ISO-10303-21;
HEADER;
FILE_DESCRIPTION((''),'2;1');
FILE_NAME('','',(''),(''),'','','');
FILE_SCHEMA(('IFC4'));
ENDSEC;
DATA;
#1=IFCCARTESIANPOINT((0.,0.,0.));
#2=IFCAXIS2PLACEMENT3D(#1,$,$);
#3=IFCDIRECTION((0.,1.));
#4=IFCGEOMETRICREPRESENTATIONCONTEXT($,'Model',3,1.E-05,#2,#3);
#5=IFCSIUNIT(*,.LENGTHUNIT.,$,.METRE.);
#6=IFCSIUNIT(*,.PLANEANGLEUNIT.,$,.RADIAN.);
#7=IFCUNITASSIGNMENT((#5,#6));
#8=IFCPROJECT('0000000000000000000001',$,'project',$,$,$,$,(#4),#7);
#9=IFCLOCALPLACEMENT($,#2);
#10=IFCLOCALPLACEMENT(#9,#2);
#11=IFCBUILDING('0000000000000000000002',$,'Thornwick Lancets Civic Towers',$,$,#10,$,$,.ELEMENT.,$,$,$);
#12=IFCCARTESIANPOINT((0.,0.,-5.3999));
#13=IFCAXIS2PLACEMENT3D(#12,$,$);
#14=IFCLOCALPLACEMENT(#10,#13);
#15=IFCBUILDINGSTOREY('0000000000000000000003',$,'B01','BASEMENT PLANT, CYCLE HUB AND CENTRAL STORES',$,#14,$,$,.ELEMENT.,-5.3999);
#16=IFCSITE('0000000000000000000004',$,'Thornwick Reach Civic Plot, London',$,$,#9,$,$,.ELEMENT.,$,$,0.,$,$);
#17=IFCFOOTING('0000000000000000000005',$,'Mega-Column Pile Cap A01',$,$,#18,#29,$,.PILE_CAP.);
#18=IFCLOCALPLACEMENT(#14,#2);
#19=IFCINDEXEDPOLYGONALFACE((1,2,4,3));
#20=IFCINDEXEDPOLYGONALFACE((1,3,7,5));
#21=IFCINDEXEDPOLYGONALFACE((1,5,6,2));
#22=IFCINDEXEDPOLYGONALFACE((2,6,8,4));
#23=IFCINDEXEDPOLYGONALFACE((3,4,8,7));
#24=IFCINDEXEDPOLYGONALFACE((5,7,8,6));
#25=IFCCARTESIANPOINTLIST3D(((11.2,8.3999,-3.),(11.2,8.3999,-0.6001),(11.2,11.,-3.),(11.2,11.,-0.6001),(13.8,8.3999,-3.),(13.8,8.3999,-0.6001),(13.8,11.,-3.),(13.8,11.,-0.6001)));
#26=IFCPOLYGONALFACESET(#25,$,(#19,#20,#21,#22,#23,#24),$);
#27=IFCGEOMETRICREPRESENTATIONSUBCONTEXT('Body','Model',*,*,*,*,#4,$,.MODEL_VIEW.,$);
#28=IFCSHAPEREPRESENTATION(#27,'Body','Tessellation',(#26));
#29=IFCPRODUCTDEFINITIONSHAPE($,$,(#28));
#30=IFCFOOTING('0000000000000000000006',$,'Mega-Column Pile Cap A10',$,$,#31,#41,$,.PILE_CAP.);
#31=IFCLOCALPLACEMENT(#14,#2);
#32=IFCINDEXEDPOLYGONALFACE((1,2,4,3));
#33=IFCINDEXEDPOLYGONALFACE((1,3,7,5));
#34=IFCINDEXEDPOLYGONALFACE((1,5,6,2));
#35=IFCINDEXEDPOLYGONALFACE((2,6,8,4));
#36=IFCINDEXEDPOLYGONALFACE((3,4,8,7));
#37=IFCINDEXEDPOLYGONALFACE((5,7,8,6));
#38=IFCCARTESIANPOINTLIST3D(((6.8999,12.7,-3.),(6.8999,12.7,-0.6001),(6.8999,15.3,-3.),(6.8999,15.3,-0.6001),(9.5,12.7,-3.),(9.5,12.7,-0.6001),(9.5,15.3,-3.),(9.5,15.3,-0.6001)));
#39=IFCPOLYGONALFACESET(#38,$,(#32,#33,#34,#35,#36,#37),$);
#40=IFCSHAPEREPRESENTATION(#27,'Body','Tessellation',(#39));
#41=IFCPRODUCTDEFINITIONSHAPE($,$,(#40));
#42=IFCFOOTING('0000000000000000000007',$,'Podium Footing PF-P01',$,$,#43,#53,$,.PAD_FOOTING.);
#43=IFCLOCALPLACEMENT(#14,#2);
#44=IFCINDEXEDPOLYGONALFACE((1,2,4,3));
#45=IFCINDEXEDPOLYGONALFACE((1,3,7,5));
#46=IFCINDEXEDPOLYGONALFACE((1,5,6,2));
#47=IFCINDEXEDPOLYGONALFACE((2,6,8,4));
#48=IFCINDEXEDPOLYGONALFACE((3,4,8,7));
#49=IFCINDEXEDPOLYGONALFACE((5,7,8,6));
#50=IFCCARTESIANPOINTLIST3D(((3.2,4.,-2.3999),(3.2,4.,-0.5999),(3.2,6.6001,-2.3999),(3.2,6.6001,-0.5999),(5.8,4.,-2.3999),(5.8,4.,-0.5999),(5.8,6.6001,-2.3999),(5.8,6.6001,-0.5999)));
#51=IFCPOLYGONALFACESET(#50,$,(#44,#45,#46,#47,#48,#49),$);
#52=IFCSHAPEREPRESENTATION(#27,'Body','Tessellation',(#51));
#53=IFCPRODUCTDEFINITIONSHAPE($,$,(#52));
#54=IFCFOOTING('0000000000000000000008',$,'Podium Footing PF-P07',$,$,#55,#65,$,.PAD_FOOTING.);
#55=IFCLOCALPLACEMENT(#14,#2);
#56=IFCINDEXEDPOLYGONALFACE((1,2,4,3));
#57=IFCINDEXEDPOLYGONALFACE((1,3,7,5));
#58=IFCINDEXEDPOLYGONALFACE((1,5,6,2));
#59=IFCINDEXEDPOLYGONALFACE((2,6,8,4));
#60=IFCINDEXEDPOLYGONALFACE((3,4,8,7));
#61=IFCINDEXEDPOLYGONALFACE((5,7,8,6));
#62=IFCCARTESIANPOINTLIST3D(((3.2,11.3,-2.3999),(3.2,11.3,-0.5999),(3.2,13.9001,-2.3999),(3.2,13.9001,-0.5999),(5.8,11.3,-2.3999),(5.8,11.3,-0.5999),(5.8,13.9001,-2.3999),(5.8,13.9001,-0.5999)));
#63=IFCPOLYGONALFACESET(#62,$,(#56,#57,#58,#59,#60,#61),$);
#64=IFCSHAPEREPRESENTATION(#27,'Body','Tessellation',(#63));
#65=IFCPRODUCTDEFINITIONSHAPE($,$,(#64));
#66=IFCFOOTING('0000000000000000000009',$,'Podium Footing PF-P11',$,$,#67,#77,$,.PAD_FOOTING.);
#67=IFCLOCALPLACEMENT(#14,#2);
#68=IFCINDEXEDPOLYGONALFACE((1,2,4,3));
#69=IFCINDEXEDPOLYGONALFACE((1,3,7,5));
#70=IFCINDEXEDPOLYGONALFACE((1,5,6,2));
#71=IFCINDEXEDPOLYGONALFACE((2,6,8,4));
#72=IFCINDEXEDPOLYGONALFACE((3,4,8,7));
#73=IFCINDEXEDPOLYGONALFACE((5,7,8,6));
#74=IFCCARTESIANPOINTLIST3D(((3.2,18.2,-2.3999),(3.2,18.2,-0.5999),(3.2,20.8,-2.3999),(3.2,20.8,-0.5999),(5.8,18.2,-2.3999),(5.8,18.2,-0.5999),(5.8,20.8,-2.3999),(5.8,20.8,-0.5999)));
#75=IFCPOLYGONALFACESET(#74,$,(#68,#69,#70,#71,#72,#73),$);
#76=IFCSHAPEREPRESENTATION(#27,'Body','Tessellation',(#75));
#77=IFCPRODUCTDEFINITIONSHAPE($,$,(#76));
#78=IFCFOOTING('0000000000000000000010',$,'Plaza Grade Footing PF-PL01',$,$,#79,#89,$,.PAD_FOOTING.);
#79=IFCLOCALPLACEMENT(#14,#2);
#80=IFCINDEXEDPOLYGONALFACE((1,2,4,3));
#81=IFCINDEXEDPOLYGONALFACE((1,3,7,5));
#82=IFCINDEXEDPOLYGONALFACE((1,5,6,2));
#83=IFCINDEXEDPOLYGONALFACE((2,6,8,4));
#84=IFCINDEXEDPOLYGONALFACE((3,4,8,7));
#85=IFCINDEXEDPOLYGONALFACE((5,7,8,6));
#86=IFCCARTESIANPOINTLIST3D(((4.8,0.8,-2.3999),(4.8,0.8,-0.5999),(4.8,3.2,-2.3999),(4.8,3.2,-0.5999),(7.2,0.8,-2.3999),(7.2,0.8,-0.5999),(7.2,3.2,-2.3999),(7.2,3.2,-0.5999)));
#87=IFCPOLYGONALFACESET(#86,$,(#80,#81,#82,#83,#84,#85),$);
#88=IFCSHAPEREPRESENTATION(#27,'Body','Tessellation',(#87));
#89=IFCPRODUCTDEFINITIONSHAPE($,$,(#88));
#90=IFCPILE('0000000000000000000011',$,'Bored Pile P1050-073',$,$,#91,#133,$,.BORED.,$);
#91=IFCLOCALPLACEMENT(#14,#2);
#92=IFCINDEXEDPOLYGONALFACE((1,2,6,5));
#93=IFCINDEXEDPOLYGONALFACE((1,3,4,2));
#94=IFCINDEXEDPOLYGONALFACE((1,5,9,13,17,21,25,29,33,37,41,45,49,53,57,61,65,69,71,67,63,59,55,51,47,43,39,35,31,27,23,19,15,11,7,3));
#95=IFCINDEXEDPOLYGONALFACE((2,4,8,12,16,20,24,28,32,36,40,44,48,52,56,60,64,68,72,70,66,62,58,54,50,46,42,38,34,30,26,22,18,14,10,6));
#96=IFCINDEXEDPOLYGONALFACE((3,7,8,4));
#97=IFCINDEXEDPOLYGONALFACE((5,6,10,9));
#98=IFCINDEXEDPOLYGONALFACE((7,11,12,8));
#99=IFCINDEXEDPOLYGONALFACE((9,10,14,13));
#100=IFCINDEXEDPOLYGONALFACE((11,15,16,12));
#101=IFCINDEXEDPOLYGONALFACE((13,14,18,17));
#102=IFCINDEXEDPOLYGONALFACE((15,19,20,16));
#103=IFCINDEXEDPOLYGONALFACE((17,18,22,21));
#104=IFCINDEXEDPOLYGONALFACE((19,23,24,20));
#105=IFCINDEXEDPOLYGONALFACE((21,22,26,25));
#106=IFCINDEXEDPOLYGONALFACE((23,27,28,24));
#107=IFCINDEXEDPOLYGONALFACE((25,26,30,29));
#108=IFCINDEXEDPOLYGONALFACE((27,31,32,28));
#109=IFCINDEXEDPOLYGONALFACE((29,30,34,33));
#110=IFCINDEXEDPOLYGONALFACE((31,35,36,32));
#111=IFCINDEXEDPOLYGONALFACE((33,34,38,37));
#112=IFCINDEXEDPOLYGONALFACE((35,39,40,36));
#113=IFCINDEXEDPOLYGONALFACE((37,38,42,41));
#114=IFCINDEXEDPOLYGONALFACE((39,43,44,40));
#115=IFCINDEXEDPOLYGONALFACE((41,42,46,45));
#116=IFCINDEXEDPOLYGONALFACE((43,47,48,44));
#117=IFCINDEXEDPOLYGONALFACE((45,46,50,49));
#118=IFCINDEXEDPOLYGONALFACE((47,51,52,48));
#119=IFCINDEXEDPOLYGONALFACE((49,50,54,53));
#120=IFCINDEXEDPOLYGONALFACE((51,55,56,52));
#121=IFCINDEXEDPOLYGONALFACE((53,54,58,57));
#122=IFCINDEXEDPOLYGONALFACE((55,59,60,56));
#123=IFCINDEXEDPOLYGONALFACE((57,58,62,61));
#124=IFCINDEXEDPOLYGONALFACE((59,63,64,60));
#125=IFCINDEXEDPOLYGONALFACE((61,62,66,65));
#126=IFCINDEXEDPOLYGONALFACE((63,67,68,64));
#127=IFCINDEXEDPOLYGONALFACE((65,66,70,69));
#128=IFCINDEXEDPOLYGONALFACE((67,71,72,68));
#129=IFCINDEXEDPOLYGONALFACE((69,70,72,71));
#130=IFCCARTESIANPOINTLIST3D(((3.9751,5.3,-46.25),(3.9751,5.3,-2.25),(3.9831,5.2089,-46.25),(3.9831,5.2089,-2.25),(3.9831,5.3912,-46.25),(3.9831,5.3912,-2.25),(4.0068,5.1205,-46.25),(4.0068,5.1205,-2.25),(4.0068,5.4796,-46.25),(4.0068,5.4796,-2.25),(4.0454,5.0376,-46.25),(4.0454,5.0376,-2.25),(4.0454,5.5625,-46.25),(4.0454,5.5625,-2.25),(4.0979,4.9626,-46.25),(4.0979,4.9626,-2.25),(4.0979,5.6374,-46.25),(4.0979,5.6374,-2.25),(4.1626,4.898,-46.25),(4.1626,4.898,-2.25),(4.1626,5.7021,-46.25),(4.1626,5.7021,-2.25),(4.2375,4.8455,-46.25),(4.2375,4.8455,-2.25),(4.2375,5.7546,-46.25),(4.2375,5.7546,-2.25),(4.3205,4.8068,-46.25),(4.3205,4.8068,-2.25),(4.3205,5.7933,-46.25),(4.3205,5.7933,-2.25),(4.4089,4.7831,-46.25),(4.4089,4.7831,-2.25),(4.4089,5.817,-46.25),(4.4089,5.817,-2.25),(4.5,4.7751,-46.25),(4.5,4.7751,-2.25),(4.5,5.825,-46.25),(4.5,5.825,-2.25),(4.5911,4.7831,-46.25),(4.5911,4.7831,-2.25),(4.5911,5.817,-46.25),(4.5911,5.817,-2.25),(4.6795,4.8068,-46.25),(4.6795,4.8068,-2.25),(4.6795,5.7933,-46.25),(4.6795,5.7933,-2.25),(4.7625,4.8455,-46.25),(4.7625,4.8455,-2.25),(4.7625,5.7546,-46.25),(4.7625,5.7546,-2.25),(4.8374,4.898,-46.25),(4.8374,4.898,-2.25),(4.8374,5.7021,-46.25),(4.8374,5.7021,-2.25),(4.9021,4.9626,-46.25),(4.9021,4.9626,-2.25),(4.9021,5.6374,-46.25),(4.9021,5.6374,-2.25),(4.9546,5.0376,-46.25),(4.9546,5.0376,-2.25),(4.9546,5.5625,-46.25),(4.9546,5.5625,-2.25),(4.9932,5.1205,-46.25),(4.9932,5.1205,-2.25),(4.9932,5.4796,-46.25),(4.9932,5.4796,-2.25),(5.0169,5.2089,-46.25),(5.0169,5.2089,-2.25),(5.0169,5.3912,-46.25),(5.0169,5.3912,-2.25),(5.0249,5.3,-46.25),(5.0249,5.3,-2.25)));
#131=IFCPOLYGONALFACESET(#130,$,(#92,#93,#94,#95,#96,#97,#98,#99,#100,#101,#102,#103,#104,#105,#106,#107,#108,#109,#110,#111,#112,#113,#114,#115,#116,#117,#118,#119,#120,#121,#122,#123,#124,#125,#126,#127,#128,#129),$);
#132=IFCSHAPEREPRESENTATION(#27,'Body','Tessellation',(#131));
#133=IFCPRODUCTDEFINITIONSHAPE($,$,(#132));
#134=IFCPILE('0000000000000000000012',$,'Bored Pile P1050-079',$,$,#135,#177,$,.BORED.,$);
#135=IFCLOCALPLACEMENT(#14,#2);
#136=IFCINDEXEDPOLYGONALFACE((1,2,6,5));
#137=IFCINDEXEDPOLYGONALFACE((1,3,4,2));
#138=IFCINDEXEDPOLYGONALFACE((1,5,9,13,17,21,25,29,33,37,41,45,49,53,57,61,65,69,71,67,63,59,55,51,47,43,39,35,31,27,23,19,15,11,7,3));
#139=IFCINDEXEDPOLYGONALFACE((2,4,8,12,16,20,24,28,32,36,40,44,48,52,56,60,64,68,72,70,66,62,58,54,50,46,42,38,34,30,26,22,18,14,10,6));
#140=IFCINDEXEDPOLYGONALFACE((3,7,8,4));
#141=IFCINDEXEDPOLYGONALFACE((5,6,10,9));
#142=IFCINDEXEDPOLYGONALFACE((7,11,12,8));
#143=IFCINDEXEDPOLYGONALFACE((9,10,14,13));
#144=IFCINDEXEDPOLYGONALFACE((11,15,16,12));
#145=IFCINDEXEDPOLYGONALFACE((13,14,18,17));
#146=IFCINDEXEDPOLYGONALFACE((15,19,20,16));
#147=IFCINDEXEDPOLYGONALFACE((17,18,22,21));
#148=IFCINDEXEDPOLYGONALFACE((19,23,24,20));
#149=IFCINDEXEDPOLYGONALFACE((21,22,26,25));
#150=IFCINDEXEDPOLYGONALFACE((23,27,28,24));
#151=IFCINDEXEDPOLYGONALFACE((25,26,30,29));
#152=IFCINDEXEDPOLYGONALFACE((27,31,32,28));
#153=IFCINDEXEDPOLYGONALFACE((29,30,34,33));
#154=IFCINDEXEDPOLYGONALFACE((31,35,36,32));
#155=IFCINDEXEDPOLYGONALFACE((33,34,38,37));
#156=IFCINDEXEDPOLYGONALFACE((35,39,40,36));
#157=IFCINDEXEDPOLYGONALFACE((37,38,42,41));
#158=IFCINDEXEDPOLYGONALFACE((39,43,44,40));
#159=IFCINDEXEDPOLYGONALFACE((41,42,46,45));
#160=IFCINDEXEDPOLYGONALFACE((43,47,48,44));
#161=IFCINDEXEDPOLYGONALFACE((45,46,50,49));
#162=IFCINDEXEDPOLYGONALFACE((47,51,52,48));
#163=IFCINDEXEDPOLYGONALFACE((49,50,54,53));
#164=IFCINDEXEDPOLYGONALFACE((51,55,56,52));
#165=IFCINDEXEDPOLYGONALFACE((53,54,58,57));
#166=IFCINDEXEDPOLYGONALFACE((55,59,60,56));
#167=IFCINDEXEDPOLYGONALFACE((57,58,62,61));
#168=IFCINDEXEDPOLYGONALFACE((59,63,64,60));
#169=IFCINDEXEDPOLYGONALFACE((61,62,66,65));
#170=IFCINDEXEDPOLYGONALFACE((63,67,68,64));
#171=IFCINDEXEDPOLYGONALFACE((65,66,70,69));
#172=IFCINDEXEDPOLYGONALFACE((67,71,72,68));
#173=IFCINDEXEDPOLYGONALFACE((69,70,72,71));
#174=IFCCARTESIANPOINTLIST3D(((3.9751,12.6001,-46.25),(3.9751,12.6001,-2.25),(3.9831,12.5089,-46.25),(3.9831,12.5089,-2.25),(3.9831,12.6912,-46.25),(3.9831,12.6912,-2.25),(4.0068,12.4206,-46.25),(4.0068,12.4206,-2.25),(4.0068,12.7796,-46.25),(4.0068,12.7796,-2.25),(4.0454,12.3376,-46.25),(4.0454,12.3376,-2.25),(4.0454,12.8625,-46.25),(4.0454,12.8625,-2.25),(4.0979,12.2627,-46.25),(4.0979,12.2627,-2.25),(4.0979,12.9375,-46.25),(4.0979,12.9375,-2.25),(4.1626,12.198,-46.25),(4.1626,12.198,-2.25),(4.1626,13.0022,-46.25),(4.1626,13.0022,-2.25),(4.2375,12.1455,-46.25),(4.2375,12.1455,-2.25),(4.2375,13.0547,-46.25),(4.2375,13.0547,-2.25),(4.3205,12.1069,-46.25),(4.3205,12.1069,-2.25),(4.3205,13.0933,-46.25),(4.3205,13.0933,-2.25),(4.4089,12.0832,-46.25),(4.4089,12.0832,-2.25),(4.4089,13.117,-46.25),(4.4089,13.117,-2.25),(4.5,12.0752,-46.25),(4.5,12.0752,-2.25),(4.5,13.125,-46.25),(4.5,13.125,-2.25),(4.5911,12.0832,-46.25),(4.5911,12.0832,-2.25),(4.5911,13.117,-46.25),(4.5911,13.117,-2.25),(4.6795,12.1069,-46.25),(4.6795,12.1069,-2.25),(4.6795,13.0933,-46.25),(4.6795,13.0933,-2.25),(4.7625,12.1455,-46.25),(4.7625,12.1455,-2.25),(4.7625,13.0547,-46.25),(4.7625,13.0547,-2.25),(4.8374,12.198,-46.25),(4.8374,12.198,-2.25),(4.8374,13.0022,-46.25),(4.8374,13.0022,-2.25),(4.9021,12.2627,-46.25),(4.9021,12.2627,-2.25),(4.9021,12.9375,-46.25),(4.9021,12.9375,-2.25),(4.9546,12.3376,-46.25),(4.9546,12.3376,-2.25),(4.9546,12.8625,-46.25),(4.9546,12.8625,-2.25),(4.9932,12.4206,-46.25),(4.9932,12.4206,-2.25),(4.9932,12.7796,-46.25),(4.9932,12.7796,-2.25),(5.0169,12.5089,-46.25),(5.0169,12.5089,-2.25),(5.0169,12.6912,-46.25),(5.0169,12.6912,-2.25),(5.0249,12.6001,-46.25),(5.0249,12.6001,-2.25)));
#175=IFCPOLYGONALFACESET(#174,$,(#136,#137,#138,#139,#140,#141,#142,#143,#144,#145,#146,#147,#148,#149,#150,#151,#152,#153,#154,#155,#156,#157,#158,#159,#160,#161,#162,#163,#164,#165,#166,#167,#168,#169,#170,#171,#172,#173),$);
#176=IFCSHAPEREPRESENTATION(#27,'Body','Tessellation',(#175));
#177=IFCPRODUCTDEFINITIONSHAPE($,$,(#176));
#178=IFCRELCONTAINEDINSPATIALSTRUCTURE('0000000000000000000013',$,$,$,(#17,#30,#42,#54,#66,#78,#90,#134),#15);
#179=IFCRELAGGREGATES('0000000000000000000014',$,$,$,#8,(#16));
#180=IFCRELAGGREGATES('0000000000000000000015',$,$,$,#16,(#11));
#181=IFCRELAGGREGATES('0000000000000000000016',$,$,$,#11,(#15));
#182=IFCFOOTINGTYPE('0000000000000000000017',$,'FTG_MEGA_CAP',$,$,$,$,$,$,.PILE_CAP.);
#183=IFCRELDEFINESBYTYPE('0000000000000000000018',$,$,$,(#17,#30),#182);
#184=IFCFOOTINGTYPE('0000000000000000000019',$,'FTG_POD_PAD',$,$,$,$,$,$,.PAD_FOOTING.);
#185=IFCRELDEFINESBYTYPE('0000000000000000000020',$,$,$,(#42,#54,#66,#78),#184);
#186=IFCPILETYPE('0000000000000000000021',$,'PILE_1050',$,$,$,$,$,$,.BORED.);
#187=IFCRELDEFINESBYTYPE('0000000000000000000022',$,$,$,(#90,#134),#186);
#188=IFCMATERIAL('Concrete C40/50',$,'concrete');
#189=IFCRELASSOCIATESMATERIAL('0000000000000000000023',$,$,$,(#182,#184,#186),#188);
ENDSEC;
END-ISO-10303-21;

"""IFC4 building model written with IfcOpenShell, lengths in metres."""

from ifc_helpers import new_model, si_unit, direction, frame, origin, origin_2d, place, context, subcontext, project, spatial, rectangle, circle, extrude, material, material_profile, profile_set, type_object, element, save


model = new_model("IFC4")

# Units and contexts
model_context = context("Model", 3, precision=1e-05, world=origin(), true_north=direction((0.0, 1.0)))
body_context = subcontext(model_context, "Body", "Model", "MODEL_VIEW")
ifc_project = project(units=[si_unit("LENGTHUNIT", "METRE"), si_unit("PLANEANGLEUNIT", "RADIAN")], contexts=[model_context])

# Site, building, storey
site_placement = place(None, origin())
site = spatial("IfcSite", under=ifc_project, at=site_placement, Name="Thornwick Reach Civic Plot, London", CompositionType="ELEMENT", RefElevation=0.0)
building_placement = place(site_placement, origin())
building = spatial("IfcBuilding", under=site, at=building_placement, Name="Thornwick Lancets Civic Towers", CompositionType="ELEMENT")
storey_placement = place(building_placement, frame((0.0, 0.0, -5.3999)))
storey = spatial("IfcBuildingStorey", under=building, at=storey_placement, Name="B01", Description="BASEMENT PLANT, CYCLE HUB AND CENTRAL STORES", CompositionType="ELEMENT", Elevation=-5.3999)

# Footings
ifc_material_1 = material(Name="Concrete C40/50", Category="concrete")
footing_type_1 = type_object("IfcFootingType", Name="FTG_MEGA_CAP", PredefinedType="PILE_CAP", material=ifc_material_1)
for number, where, z_axis, x_axis, name in (
    (1, (12.5, 9.7, -3.0), (0.0, 0.0, 1.0), (1.0, 0.0, 0.0), "Mega-Column Pile Cap A01"),
    (2, (8.2, 14.0, -3.0), (0.0, 0.0, 1.0), (1.0, 0.0, 0.0), "Mega-Column Pile Cap A10"),
):
    element("IfcFooting", number, at=place(storey_placement, frame(where, z_axis=z_axis, x_axis=x_axis)), inside=storey, type_object=footing_type_1, Name=name, PredefinedType="PILE_CAP", context=body_context, shape_type="SweptSolid", body=[
        extrude(rectangle(XDim=2.6001, YDim=2.6001, at=origin_2d()), origin(), (0.0, 0.0, 1.0), 2.3999),
    ])
footing_type_2 = type_object("IfcFootingType", Name="FTG_POD_PAD", PredefinedType="PAD_FOOTING", material=ifc_material_1)
for number, where, z_axis, x_axis, name in (
    (3, (4.5, 5.3, -2.3999), (0.0, 0.0, 1.0), (1.0, 0.0, 0.0), "Podium Footing PF-P01"),
    (4, (4.5, 12.6001, -2.3999), (0.0, 0.0, 1.0), (1.0, 0.0, 0.0), "Podium Footing PF-P07"),
    (5, (4.5, 19.5, -2.3999), (0.0, 0.0, 1.0), (1.0, 0.0, 0.0), "Podium Footing PF-P11"),
):
    element("IfcFooting", number, at=place(storey_placement, frame(where, z_axis=z_axis, x_axis=x_axis)), inside=storey, type_object=footing_type_2, Name=name, PredefinedType="PAD_FOOTING", context=body_context, shape_type="SweptSolid", body=[
        extrude(rectangle(XDim=2.6001, YDim=2.6001, at=origin_2d()), origin(), (0.0, 0.0, 1.0), 1.8),
    ])
footing_placement = place(storey_placement, frame((6.0, 2.0, -2.3999), z_axis=(0.0, 0.0, 1.0), x_axis=(1.0, 0.0, 0.0)))
element("IfcFooting", 6, at=footing_placement, inside=storey, type_object=footing_type_2, Name="Plaza Grade Footing PF-PL01", PredefinedType="PAD_FOOTING", context=body_context, shape_type="SweptSolid", body=[
    extrude(rectangle(XDim=2.3999, YDim=2.3999, at=origin_2d()), origin(), (0.0, 0.0, 1.0), 1.8),
])

# Piles
ifc_material_profile_1 = material_profile(ifc_material_1, circle(Radius=0.5249, at=origin_2d()), Name="PILE D1050")
ifc_profile_set_1 = profile_set([ifc_material_profile_1], Name="Concrete C40/50")
pile_type_1 = type_object("IfcPileType", Name="PILE_1050", PredefinedType="BORED", material=ifc_profile_set_1)
for number, where, z_axis, x_axis, name in (
    (7, (4.5, 5.3, -2.25), (0.0, 0.0, -1.0), (1.0, 0.0, 0.0), "Bored Pile P1050-073"),
    (8, (4.5, 12.6001, -2.25), (0.0, 0.0, -1.0), (1.0, 0.0, 0.0), "Bored Pile P1050-079"),
):
    element("IfcPile", number, at=place(storey_placement, frame(where, z_axis=z_axis, x_axis=x_axis)), inside=storey, type_object=pile_type_1, Name=name, PredefinedType="BORED", context=body_context, shape_type="SweptSolid", body=[
        extrude(circle(Radius=0.5249, at=origin_2d()), origin(), (0.0, 0.0, 1.0), 44.0),
    ])

save(model, "model.ifc")
